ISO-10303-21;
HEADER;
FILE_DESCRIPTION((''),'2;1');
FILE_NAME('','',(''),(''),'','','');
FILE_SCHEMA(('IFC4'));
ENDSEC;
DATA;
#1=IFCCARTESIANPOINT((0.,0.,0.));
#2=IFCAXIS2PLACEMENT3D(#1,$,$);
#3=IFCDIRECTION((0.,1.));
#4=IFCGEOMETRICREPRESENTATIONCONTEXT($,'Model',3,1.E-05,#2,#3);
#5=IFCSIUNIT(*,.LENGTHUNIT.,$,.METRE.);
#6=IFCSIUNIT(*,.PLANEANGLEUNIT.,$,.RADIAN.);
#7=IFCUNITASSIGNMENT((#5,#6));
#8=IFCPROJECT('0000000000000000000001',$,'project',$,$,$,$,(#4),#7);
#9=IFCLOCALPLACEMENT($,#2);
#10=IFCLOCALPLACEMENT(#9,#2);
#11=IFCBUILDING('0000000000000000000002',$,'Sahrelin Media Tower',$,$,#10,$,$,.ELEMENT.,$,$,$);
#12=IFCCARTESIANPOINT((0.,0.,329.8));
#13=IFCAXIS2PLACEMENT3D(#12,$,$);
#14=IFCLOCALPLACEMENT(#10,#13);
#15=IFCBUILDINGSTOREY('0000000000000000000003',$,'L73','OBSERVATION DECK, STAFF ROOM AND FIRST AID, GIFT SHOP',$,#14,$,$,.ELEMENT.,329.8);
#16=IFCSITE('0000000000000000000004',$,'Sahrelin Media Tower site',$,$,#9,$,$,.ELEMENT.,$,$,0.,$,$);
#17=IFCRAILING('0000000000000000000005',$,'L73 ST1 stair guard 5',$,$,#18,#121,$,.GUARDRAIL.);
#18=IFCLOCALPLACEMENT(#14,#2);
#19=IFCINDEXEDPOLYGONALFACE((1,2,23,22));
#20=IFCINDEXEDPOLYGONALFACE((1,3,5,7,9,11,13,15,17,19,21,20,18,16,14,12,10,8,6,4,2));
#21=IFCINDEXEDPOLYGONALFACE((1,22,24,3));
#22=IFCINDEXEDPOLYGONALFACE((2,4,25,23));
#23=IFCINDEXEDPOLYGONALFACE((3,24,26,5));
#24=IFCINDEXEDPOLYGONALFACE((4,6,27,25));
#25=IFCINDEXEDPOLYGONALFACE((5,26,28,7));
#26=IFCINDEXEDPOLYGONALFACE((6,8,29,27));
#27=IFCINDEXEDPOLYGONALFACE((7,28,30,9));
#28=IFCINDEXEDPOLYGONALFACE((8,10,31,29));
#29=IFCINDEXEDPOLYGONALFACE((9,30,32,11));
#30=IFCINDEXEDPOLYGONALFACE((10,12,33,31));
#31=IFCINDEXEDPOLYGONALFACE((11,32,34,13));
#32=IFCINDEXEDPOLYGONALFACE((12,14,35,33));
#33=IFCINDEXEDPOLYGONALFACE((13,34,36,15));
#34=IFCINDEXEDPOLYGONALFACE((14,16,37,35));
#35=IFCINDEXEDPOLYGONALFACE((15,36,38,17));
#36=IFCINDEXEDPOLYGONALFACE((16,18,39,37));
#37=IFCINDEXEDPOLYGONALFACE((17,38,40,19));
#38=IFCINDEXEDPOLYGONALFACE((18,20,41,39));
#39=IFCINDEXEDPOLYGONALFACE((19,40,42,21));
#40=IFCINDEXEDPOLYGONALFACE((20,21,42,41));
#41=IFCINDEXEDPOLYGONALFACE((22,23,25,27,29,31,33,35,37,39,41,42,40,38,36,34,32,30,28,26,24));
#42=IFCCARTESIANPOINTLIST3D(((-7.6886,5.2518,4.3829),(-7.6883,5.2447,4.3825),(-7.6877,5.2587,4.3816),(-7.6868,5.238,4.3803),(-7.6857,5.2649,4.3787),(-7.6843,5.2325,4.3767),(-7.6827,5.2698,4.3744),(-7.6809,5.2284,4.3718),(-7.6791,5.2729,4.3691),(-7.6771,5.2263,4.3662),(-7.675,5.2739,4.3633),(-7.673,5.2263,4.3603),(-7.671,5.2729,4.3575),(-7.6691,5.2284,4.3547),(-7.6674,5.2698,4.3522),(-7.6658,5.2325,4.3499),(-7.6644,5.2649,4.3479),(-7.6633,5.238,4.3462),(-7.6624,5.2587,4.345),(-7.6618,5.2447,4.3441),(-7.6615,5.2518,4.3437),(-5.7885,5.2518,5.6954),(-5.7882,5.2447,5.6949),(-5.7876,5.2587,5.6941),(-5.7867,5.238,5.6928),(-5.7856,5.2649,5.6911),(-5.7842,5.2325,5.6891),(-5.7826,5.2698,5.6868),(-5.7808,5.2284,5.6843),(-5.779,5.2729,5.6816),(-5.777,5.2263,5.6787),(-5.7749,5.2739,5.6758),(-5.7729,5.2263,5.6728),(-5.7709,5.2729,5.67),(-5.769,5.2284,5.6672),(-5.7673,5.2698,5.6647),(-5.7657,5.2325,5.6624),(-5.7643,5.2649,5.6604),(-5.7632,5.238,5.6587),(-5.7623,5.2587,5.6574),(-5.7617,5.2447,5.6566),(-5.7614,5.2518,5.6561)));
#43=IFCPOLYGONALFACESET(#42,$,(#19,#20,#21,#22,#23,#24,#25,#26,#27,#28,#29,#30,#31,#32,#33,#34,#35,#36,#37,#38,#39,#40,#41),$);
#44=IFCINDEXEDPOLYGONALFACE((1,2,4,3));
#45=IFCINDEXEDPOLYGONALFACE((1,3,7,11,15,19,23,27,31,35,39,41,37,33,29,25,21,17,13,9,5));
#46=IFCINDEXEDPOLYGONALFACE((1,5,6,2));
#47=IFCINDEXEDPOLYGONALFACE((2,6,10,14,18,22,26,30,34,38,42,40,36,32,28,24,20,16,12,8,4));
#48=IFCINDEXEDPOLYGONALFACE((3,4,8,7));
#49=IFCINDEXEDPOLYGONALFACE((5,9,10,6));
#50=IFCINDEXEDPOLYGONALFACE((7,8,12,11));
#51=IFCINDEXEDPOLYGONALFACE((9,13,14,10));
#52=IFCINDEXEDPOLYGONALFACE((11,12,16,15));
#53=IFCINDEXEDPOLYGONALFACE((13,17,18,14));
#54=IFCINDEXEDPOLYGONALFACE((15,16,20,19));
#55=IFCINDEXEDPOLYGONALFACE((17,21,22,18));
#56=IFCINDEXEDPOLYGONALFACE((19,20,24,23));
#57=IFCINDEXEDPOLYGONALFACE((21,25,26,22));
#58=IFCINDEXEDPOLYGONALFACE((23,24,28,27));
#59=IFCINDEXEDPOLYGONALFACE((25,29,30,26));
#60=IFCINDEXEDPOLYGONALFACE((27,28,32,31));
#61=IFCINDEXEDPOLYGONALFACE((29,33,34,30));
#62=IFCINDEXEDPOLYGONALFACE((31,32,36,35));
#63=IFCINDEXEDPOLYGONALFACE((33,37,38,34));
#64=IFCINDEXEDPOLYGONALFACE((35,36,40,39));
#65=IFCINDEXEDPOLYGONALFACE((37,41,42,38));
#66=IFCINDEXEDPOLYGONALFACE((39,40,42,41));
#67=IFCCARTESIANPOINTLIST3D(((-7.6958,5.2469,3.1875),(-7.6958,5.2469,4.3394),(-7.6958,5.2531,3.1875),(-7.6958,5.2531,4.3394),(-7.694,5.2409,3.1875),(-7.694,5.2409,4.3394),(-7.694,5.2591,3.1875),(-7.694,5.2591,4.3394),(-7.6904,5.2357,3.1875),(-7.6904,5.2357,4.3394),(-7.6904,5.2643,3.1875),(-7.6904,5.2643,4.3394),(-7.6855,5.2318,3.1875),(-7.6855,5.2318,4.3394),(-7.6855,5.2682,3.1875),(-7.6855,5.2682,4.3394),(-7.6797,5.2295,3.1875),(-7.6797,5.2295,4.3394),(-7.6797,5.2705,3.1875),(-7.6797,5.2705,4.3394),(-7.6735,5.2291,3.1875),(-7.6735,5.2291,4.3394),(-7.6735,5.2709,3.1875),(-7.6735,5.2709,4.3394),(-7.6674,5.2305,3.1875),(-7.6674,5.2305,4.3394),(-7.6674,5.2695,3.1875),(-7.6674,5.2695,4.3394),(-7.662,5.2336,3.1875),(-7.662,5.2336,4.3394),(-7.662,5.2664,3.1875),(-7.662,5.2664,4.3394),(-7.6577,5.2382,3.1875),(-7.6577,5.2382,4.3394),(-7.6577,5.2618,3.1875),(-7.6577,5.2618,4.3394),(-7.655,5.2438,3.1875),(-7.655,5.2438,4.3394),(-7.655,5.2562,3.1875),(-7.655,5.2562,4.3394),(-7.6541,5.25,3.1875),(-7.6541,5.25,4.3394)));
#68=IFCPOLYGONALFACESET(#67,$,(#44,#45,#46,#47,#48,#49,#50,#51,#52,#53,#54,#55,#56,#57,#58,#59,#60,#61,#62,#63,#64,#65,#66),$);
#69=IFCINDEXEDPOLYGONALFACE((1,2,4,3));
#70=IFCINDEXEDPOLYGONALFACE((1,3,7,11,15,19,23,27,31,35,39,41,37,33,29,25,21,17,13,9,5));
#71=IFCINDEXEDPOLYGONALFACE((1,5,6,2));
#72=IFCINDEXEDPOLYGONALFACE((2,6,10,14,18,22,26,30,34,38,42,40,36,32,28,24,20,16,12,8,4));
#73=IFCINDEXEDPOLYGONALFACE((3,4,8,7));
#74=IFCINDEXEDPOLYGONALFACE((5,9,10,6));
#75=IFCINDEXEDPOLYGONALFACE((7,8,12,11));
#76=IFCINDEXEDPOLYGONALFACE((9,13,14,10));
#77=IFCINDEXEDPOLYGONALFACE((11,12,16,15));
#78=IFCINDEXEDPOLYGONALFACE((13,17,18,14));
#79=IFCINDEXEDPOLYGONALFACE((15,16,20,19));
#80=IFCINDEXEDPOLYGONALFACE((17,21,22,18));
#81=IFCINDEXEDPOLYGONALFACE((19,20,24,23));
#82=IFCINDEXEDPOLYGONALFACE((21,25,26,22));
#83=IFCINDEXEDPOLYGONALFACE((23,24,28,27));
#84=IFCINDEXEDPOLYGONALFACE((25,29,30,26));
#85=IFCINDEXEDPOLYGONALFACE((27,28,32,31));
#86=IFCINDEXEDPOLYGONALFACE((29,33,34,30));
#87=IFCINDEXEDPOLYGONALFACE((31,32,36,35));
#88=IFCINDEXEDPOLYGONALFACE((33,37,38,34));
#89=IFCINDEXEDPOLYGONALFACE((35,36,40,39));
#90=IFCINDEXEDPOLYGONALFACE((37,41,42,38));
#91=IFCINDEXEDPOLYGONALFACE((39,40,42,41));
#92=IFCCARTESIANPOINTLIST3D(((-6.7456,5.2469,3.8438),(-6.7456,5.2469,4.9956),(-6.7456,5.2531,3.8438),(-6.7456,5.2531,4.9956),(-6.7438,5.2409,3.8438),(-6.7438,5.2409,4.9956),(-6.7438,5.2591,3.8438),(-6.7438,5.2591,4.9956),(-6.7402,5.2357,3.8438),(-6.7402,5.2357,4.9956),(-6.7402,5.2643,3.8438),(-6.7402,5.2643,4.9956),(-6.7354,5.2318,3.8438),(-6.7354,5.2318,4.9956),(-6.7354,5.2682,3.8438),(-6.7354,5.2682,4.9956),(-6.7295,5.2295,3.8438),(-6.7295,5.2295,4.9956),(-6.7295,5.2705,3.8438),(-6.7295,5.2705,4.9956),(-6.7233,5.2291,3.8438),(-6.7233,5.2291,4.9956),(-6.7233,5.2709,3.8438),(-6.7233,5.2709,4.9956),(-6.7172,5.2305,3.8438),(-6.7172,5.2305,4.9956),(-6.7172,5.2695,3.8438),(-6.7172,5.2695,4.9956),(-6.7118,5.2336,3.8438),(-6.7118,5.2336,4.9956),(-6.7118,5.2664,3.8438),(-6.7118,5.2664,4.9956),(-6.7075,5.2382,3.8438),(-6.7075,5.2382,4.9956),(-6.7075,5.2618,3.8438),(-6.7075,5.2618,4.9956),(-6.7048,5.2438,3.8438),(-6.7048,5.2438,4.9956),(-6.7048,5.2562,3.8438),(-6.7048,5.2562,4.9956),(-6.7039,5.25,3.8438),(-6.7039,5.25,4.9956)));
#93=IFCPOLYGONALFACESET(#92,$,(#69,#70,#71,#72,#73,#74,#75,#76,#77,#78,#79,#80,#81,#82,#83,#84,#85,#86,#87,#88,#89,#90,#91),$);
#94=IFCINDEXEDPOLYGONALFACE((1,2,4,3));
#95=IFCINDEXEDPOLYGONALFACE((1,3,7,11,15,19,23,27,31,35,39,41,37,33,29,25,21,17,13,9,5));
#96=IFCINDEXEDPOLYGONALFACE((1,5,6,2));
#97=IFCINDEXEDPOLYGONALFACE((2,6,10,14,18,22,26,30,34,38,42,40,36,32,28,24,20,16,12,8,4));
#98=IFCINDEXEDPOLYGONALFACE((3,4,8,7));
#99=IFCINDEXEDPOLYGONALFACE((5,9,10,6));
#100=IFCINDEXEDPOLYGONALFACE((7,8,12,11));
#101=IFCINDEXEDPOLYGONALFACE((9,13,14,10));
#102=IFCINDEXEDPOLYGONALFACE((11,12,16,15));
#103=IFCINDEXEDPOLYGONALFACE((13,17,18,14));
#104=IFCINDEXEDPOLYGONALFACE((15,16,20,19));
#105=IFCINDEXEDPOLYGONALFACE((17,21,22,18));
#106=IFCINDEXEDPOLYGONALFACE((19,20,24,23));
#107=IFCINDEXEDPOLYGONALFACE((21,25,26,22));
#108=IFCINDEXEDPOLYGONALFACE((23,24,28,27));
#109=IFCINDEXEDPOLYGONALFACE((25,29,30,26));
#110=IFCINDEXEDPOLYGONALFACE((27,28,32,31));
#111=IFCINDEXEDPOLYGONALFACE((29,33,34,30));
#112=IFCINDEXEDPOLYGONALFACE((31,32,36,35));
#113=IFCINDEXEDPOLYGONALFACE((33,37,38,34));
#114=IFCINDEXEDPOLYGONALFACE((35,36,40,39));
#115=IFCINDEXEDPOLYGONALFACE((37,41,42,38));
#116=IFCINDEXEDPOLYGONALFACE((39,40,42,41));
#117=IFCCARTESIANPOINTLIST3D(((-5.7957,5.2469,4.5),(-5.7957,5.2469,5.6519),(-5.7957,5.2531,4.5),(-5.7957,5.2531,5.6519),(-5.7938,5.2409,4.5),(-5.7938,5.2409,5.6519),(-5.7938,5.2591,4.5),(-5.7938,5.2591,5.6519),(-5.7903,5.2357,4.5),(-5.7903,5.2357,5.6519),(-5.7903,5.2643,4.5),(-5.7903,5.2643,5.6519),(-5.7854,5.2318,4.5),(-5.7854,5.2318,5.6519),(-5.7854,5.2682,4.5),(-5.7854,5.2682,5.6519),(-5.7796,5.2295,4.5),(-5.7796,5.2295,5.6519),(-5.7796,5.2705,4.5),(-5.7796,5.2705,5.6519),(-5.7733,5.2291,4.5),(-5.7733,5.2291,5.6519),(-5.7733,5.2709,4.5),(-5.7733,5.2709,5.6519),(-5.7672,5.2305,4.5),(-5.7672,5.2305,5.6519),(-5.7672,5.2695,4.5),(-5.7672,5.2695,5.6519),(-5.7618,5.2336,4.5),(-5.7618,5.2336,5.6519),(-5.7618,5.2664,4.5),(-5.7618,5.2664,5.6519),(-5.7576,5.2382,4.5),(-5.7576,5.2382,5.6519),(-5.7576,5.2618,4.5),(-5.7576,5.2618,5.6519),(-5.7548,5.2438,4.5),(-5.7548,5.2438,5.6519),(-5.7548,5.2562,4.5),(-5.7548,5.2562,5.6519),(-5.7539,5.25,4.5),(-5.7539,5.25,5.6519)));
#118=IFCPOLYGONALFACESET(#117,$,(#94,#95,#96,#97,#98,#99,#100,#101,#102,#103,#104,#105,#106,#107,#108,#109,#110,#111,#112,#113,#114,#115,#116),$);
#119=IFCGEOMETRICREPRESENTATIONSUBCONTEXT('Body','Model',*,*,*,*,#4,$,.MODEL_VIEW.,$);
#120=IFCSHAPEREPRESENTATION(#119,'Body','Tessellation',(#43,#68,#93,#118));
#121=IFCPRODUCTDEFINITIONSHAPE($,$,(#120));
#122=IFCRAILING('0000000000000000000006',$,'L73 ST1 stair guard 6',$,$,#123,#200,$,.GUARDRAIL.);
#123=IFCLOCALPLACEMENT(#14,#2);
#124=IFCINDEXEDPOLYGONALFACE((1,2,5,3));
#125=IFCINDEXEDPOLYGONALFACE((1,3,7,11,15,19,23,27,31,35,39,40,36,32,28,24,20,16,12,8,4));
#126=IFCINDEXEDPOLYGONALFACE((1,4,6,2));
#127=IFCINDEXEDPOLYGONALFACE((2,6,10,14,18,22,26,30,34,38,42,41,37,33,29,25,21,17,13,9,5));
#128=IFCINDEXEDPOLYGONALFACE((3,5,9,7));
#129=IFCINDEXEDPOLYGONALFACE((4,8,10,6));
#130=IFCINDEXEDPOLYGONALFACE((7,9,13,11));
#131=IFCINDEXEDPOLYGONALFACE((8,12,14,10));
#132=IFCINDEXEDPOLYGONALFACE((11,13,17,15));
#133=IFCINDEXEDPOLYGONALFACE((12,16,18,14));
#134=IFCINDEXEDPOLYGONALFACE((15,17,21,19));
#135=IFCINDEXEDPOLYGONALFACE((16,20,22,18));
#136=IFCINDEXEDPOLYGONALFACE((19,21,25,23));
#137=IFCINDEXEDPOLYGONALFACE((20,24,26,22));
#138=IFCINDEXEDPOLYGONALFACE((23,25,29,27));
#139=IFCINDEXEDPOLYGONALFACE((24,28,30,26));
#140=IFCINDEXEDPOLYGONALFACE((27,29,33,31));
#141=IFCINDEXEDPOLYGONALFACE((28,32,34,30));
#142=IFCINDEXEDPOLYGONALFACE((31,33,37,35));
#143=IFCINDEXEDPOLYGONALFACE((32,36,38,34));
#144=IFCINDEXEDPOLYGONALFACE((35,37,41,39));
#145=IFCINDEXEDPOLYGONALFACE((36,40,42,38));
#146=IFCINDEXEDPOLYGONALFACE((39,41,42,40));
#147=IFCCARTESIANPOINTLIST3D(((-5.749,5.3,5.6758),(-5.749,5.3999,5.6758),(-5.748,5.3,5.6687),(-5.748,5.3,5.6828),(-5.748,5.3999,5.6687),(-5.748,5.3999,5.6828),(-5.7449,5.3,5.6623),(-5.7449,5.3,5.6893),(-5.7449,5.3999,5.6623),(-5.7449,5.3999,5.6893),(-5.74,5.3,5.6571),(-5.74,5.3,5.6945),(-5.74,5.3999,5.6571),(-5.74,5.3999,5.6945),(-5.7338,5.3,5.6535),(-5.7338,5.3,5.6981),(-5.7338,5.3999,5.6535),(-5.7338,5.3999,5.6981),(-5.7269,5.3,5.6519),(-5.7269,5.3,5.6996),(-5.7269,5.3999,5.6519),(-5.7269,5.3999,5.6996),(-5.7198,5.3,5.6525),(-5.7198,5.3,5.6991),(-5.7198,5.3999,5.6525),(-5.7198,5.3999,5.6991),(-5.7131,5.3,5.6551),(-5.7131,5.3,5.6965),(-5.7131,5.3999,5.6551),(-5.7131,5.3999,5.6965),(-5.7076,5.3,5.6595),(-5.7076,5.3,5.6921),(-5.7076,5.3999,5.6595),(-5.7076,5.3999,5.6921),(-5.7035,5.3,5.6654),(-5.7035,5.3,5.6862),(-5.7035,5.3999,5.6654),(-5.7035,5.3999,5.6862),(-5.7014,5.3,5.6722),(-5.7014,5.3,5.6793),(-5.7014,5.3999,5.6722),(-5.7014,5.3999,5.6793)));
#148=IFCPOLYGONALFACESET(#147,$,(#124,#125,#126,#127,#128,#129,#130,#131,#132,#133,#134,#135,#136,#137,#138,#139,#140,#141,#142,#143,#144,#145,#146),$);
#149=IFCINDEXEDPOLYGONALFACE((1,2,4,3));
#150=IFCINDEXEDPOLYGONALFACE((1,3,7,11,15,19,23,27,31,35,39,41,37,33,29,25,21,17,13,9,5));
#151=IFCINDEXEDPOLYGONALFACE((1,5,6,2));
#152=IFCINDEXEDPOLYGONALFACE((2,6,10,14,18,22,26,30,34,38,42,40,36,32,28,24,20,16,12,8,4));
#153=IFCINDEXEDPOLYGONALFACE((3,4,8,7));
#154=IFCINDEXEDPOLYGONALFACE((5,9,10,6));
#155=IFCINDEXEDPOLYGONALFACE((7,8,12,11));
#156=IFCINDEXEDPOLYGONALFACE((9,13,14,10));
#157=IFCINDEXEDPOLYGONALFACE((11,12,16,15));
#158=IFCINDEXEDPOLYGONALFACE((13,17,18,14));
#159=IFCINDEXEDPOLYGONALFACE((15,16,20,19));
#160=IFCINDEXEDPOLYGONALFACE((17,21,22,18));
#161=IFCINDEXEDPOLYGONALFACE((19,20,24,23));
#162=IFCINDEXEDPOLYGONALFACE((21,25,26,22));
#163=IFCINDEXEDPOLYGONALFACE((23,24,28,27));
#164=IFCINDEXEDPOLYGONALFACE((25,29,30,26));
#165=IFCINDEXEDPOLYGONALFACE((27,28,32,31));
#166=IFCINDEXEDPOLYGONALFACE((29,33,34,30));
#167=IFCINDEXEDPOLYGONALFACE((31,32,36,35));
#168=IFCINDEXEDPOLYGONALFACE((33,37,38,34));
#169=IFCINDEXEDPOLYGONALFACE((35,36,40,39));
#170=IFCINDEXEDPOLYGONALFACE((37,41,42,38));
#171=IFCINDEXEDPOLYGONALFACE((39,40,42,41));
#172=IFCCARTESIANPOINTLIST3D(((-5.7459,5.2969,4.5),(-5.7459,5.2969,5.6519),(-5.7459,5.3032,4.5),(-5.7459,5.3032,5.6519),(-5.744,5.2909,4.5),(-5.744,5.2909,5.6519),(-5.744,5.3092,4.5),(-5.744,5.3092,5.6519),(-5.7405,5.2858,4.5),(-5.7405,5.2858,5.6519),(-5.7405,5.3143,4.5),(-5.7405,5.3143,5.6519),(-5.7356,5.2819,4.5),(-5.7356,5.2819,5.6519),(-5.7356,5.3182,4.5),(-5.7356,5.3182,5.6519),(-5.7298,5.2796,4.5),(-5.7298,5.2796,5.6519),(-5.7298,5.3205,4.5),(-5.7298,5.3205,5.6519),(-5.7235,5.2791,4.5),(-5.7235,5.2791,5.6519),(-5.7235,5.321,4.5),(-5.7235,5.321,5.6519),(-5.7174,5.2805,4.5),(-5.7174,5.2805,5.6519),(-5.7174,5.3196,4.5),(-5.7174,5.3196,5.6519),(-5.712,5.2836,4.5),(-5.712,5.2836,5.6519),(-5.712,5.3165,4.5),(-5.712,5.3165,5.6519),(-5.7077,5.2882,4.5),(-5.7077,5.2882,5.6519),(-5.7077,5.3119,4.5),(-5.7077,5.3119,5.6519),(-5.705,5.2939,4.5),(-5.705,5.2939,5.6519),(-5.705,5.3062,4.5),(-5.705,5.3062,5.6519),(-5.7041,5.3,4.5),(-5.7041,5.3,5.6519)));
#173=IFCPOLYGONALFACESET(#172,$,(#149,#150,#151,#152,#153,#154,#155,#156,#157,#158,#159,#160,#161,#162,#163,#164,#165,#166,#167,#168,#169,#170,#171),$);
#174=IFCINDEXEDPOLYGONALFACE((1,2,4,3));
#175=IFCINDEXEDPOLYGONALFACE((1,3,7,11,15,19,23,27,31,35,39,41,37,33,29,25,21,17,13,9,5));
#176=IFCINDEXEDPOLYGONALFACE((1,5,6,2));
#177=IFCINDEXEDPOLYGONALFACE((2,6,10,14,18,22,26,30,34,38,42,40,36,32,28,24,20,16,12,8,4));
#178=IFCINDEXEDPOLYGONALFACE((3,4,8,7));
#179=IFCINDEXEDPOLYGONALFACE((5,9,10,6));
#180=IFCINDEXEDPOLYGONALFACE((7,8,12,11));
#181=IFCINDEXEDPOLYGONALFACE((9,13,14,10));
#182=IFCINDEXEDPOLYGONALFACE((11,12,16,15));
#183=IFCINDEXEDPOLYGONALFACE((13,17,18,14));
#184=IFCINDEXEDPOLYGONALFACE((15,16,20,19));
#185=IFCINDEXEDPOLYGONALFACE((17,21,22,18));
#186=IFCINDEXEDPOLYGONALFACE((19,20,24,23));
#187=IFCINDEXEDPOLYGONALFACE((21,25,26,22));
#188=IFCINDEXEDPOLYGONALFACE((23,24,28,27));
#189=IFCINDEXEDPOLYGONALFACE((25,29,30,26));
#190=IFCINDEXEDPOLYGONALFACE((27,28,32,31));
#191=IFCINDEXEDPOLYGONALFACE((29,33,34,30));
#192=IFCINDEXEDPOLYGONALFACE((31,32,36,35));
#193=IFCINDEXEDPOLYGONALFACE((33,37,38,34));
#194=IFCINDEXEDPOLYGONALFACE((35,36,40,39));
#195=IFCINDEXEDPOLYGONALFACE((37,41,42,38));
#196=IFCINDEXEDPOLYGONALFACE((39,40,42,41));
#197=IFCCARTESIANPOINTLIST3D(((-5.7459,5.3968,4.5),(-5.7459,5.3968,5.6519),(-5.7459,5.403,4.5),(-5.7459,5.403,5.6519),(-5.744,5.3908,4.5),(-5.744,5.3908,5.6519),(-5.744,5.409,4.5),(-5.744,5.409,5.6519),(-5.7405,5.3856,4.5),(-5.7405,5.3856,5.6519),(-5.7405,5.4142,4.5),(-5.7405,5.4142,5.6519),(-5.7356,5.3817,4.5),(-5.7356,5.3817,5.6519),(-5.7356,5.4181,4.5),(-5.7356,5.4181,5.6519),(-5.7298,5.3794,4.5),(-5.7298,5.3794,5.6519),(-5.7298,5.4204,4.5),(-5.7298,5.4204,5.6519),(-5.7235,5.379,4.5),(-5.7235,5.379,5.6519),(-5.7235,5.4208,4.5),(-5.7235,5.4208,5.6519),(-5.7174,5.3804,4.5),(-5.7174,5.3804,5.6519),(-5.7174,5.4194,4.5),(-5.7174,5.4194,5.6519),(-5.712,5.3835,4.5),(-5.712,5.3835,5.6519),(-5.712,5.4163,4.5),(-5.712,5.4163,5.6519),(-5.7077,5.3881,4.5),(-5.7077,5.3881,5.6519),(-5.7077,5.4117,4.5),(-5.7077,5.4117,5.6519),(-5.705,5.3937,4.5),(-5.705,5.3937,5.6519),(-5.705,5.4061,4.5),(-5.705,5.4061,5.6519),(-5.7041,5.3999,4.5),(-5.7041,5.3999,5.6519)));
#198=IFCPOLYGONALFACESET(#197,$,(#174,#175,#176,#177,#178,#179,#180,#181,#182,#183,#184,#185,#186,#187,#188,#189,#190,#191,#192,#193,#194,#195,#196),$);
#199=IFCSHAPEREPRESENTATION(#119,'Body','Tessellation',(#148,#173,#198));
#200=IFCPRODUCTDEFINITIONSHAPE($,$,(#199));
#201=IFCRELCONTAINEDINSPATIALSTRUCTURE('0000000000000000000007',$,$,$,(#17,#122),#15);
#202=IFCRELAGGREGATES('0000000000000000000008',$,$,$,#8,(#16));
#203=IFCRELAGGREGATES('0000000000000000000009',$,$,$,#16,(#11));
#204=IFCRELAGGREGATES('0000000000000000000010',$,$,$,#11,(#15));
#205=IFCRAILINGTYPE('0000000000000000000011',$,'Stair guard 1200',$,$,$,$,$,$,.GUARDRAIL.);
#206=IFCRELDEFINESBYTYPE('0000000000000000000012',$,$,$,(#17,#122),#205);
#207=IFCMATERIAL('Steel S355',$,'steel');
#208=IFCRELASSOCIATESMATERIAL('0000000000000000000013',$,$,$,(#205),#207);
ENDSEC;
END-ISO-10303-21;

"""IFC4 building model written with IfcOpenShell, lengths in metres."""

from ifc_helpers import new_model, si_unit, direction, frame, origin, origin_2d, place, context, subcontext, project, spatial, circle, extrude, material, type_object, element, save


model = new_model("IFC4")

# Units and contexts
model_context = context("Model", 3, precision=1e-05, world=origin(), true_north=direction((0.0, 1.0)))
body_context = subcontext(model_context, "Body", "Model", "MODEL_VIEW")
ifc_project = project(units=[si_unit("LENGTHUNIT", "METRE"), si_unit("PLANEANGLEUNIT", "RADIAN")], contexts=[model_context])

# Site, building, storey
site_placement = place(None, origin())
site = spatial("IfcSite", under=ifc_project, at=site_placement, Name="Sahrelin Media Tower site", CompositionType="ELEMENT", RefElevation=0.0)
building_placement = place(site_placement, origin())
building = spatial("IfcBuilding", under=site, at=building_placement, Name="Sahrelin Media Tower", CompositionType="ELEMENT")
storey_placement = place(building_placement, frame((0.0, 0.0, 329.8)))
storey = spatial("IfcBuildingStorey", under=building, at=storey_placement, Name="L73", Description="OBSERVATION DECK, STAFF ROOM AND FIRST AID, GIFT SHOP", CompositionType="ELEMENT", Elevation=329.8)

# Shared definitions
ifc_material_1 = material(Name="Steel S355", Category="steel")

# Railings
railing_type_1 = type_object("IfcRailingType", Name="Stair guard 1200", PredefinedType="GUARDRAIL", material=ifc_material_1)
railing_1_placement = place(storey_placement, frame((-7.675, 5.25, 3.1875)))
element("IfcRailing", 1, at=railing_1_placement, inside=storey, type_object=railing_type_1, Name="L73 ST1 stair guard 5", PredefinedType="GUARDRAIL", context=body_context, shape_type="SweptSolid", body=[
    extrude(circle(Radius=0.0239, at=origin_2d()), frame((0.0, 0.0, 1.1758), z_axis=(0.822797, 0.0, 0.568336), x_axis=(0.0, 1.0, 0.0)), (0.0, 0.0, 1.0), 2.3093),
    extrude(circle(Radius=0.021, at=origin_2d()), origin(), (0.0, 0.0, 1.0), 1.1519),
    extrude(circle(Radius=0.021, at=origin_2d()), frame((0.9502, 0.0, 0.6562)), (0.0, 0.0, 1.0), 1.1519),
    extrude(circle(Radius=0.021, at=origin_2d()), frame((1.9001, 0.0, 1.3125)), (0.0, 0.0, 1.0), 1.1519),
])
railing_2_placement = place(storey_placement, frame((-5.7251, 5.3, 4.5)))
element("IfcRailing", 2, at=railing_2_placement, inside=storey, type_object=railing_type_1, Name="L73 ST1 stair guard 6", PredefinedType="GUARDRAIL", context=body_context, shape_type="SweptSolid", body=[
    extrude(circle(Radius=0.0239, at=origin_2d()), frame((0.0, 0.0, 1.1758), z_axis=(0.0, 1.0, 0.0), x_axis=(-1.0, 0.0, 0.0)), (0.0, 0.0, 1.0), 0.0999),
    extrude(circle(Radius=0.021, at=origin_2d()), origin(), (0.0, 0.0, 1.0), 1.1519),
    extrude(circle(Radius=0.021, at=origin_2d()), frame((0.0, 0.0999, 0.0)), (0.0, 0.0, 1.0), 1.1519),
])

save(model, "model.ifc")
